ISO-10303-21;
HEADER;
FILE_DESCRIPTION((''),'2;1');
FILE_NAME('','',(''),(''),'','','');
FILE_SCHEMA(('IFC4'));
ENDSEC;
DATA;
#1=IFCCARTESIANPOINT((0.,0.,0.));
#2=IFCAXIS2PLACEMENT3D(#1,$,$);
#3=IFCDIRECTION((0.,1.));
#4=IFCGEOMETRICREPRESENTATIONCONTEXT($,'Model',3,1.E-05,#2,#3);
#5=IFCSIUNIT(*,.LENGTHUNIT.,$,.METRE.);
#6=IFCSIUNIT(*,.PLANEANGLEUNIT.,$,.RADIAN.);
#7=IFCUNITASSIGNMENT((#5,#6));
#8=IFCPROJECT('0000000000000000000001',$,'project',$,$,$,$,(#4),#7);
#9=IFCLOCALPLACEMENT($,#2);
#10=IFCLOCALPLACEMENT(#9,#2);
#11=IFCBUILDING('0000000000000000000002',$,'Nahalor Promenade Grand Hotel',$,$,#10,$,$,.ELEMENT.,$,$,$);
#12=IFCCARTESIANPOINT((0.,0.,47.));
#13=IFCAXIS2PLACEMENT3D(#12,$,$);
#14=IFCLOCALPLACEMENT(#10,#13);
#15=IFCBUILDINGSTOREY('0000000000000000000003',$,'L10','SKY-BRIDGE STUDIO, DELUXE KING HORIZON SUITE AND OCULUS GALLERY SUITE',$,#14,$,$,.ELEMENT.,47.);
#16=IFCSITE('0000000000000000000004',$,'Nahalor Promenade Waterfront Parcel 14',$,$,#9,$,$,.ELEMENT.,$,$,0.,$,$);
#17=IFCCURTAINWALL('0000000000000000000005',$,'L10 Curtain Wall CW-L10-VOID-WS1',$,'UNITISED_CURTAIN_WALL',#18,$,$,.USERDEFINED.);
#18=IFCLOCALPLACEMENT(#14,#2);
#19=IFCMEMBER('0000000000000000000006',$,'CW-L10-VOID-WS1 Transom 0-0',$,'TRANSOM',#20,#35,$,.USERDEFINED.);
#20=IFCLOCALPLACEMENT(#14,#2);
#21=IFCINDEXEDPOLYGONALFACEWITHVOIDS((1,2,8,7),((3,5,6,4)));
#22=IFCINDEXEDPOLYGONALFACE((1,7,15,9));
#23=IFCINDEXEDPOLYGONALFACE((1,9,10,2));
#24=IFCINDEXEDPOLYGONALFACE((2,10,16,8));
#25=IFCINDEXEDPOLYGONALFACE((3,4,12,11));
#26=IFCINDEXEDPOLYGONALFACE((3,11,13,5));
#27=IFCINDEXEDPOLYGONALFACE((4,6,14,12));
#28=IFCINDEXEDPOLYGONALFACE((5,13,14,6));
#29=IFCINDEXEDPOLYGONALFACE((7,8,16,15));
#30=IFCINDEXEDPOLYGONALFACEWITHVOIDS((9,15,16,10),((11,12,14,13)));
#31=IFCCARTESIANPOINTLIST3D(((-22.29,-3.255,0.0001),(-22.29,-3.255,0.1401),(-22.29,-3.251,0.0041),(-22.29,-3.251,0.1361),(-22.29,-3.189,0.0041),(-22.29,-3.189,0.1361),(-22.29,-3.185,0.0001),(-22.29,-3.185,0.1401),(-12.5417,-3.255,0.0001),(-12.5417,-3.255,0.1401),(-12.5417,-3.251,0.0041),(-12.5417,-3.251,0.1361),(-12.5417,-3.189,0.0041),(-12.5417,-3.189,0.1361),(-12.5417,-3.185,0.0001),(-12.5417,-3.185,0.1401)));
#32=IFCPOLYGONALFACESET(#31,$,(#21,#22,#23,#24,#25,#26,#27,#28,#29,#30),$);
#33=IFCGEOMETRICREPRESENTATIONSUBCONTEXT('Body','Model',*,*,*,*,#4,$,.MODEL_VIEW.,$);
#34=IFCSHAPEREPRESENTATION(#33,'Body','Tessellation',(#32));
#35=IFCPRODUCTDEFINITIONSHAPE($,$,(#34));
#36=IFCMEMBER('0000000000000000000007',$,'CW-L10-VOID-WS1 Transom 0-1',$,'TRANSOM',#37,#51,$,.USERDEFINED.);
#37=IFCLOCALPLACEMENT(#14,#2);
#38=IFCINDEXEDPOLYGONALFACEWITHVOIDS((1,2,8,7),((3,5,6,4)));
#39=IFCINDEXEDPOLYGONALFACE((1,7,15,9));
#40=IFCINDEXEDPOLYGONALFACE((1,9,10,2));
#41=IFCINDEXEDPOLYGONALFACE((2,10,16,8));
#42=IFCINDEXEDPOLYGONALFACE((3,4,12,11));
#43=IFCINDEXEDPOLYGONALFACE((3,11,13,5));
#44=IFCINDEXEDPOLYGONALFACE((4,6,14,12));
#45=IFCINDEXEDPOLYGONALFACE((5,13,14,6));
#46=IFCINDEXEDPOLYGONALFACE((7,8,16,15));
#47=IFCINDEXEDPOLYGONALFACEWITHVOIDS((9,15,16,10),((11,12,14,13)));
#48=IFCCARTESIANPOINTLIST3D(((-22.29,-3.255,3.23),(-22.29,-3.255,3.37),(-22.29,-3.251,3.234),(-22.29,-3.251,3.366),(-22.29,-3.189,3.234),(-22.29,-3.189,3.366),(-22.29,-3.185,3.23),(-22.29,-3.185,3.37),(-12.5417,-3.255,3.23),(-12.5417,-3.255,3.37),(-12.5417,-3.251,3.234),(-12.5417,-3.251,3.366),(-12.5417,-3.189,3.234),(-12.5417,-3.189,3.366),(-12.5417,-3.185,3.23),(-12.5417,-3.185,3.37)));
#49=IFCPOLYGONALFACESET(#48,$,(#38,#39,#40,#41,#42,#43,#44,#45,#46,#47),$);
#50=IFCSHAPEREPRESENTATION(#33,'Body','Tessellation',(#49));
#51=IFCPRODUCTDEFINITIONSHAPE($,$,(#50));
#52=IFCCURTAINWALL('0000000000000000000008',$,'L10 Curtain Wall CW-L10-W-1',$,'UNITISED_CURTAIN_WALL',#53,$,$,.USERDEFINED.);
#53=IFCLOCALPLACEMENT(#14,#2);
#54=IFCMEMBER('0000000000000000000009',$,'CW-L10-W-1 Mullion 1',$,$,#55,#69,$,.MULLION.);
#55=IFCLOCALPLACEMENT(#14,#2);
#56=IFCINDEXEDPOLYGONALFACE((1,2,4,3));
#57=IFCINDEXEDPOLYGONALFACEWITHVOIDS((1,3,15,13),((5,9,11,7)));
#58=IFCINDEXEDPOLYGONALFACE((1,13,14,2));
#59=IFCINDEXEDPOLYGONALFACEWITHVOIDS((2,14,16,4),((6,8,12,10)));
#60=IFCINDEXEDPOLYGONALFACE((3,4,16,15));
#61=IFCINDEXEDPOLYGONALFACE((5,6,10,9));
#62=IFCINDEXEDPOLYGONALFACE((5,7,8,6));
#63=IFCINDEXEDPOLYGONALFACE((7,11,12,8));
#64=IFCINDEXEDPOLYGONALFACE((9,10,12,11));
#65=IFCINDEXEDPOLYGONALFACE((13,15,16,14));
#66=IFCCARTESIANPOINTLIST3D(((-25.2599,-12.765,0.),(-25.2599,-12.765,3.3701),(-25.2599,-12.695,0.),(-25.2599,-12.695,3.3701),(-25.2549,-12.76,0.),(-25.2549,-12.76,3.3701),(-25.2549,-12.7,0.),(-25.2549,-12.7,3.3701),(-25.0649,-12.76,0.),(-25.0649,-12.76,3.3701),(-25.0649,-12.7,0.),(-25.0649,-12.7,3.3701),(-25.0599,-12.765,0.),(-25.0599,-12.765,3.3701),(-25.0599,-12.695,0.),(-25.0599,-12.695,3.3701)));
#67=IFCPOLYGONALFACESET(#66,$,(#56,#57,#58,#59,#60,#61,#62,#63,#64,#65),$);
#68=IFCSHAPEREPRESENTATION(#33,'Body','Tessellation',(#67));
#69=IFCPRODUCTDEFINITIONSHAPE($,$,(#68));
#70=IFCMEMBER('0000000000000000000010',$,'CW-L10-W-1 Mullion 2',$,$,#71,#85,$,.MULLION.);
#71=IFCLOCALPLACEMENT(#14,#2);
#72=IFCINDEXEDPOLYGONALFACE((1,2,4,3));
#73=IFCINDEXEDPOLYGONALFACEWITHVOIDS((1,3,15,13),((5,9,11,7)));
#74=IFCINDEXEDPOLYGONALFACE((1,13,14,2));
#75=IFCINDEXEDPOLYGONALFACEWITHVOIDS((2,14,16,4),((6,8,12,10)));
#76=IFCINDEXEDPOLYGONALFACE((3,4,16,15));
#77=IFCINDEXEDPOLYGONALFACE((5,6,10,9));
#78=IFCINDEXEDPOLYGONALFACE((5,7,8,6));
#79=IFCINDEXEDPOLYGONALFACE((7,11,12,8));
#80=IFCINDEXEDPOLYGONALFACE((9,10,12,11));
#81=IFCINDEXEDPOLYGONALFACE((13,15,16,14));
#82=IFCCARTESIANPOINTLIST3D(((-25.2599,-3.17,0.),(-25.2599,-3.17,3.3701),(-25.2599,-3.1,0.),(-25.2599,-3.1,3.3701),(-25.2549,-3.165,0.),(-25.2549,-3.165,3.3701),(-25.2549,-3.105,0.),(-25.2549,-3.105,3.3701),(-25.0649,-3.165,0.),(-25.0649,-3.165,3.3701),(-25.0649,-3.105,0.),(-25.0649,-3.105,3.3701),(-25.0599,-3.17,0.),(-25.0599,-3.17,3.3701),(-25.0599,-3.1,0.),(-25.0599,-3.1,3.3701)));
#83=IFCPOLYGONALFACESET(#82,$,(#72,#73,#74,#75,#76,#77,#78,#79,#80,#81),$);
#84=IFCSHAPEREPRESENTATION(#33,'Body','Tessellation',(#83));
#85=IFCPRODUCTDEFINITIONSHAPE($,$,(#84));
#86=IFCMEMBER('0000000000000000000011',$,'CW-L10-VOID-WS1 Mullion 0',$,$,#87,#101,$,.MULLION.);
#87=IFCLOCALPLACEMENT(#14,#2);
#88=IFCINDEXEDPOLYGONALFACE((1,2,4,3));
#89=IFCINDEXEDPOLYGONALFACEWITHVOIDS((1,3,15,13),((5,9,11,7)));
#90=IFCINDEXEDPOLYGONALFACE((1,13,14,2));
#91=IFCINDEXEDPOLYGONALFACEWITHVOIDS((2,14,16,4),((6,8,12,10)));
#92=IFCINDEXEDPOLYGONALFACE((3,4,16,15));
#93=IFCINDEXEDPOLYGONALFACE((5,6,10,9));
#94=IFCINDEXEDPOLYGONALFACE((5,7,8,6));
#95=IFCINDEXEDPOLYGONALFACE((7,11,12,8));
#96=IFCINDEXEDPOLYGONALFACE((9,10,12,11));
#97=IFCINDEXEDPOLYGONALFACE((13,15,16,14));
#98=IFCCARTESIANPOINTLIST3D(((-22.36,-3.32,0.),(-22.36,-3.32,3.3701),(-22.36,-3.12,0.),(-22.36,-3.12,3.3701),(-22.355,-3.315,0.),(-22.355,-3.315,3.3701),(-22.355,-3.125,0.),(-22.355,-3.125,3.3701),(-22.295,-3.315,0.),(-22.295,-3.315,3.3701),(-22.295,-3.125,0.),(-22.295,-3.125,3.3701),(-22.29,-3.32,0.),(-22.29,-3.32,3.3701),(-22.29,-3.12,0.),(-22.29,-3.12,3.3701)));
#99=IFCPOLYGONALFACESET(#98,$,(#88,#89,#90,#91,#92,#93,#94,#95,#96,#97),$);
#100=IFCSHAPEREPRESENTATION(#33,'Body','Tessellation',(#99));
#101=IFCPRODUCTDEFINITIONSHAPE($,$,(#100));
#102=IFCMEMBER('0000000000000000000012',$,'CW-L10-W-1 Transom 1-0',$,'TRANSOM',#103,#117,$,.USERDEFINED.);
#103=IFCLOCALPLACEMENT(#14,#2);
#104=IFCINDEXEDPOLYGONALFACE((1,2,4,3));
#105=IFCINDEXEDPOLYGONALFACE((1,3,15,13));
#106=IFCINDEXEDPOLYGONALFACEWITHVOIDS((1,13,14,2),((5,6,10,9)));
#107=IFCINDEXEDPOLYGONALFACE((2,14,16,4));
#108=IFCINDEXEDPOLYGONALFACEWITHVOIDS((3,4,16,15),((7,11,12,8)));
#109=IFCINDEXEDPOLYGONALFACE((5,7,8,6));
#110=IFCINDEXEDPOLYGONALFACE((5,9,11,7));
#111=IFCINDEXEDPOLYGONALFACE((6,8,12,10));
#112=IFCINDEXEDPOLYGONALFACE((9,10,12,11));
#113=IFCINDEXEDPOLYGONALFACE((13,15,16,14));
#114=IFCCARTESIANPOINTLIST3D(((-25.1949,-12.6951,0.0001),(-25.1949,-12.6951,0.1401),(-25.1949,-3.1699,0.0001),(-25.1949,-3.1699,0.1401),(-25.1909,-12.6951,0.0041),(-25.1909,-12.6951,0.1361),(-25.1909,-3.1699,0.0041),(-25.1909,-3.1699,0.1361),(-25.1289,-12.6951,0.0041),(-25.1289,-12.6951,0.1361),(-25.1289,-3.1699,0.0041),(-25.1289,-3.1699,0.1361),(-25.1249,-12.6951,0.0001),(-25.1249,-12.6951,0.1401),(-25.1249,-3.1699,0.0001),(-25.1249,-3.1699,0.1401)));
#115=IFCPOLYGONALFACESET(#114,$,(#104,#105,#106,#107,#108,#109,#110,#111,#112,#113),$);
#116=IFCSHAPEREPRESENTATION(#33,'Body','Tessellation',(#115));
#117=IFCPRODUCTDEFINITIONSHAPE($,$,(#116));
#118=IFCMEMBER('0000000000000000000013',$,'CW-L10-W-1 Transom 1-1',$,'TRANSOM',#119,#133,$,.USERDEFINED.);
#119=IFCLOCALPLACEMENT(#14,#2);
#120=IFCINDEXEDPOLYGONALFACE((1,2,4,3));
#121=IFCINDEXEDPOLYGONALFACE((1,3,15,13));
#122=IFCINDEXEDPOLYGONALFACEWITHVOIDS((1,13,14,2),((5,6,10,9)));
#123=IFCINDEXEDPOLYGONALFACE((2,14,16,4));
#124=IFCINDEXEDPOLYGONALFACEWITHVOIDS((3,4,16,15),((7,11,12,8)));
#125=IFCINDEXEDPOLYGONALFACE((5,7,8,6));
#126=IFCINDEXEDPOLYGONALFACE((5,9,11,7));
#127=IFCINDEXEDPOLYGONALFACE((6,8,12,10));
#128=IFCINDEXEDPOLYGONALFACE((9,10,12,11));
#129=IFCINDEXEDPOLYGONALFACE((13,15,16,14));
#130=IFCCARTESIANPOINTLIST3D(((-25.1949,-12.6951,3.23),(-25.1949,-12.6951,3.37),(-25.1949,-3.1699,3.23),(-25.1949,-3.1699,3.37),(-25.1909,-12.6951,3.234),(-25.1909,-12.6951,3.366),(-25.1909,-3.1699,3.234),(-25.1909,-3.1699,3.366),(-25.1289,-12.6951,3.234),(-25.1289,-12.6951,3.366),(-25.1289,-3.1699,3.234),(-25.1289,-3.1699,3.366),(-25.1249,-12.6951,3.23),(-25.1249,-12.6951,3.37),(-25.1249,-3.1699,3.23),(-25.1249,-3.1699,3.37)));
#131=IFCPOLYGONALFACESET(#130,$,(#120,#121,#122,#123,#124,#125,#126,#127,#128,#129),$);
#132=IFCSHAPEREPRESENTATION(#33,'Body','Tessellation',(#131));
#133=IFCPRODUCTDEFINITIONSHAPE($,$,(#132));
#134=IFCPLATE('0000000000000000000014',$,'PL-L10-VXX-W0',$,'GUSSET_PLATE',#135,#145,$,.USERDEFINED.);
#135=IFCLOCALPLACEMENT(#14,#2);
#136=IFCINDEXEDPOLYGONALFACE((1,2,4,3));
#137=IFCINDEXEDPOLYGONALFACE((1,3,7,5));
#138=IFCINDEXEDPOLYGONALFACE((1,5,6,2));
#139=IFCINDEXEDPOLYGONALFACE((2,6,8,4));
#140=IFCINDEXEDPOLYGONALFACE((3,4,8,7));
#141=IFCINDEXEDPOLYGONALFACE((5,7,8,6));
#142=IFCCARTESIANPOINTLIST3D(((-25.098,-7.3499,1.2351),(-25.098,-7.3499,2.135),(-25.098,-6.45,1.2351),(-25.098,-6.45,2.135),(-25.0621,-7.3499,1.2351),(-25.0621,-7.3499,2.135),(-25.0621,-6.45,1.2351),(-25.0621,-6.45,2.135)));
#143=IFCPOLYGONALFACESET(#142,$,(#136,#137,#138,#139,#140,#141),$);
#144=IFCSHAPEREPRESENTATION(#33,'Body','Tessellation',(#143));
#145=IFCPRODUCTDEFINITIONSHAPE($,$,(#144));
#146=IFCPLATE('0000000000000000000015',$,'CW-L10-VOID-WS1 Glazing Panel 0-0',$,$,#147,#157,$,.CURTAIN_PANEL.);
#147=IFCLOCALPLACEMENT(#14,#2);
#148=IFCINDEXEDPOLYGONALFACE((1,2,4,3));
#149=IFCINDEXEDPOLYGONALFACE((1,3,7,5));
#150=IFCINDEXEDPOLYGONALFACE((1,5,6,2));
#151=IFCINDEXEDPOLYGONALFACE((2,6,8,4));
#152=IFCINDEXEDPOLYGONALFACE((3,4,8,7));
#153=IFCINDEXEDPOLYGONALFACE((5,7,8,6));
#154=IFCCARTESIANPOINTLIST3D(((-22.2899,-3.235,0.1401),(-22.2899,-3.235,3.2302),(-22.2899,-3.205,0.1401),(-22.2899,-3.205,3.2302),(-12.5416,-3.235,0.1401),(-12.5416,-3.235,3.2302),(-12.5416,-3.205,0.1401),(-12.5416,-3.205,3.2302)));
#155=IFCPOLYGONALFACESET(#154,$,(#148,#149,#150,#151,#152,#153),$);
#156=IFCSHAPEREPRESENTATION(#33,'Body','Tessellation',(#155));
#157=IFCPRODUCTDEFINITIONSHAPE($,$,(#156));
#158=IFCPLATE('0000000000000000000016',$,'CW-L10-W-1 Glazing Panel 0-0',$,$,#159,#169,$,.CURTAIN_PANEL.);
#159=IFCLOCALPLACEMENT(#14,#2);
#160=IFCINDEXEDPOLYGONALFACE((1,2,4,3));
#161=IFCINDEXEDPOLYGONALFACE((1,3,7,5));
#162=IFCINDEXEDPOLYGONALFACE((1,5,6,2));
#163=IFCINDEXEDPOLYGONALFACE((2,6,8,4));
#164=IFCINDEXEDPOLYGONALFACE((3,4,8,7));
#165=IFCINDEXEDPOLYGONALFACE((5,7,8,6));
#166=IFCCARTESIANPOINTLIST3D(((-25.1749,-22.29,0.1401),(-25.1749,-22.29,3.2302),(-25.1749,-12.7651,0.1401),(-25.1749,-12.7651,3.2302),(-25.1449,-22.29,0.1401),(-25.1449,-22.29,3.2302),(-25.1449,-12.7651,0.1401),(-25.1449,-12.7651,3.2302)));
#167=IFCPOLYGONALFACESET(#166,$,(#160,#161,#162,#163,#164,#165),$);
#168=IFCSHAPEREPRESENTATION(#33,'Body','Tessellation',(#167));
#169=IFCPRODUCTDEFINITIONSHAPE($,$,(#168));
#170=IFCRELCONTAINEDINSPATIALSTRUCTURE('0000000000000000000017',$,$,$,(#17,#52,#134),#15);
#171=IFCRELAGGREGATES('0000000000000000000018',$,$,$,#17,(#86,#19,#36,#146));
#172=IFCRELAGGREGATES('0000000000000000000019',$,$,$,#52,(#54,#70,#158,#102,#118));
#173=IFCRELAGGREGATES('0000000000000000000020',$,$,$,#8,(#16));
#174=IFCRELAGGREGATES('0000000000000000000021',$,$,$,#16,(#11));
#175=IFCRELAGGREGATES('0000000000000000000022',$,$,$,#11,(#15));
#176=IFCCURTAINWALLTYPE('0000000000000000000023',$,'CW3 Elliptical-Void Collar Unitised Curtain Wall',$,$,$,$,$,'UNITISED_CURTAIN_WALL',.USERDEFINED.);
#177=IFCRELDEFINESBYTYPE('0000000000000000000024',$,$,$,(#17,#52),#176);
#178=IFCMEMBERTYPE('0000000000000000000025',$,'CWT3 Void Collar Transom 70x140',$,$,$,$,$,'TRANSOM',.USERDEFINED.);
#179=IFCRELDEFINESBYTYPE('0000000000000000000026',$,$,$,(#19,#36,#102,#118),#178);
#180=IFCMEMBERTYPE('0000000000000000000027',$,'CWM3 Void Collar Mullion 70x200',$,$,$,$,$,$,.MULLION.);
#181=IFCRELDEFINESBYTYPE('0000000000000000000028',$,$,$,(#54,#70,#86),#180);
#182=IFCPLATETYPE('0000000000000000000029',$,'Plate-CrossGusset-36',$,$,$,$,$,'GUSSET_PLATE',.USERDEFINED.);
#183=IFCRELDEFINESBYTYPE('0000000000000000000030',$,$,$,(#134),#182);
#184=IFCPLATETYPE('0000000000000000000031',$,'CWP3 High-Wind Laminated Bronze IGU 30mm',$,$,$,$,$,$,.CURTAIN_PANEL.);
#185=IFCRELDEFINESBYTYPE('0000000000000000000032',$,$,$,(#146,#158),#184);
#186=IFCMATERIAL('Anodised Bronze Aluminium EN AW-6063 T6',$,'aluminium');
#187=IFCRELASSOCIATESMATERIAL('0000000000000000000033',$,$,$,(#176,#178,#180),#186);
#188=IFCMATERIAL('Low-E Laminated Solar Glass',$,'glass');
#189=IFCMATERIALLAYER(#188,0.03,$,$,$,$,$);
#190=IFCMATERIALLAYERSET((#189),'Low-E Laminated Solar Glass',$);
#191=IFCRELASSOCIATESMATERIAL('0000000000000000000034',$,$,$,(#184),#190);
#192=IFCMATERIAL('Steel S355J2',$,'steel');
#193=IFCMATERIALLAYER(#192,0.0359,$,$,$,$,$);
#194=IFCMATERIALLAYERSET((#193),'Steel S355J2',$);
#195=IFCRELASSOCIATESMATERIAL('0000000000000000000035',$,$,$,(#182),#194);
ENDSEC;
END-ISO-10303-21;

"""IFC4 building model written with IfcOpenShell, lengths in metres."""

from ifc_helpers import new_model, si_unit, direction, frame, origin, origin_2d, place, context, subcontext, project, spatial, rectangle, hollow_rectangle, extrude, source, transform, mapped, material, layer, layer_set, material_profile, profile_set, type_object, element, aggregate, save


model = new_model("IFC4")

# Units and contexts
model_context = context("Model", 3, precision=1e-05, world=origin(), true_north=direction((0.0, 1.0)))
body_context = subcontext(model_context, "Body", "Model", "MODEL_VIEW")
ifc_project = project(units=[si_unit("LENGTHUNIT", "METRE"), si_unit("PLANEANGLEUNIT", "RADIAN")], contexts=[model_context])

# Site, building, storey
site_placement = place(None, origin())
site = spatial("IfcSite", under=ifc_project, at=site_placement, Name="Nahalor Promenade Waterfront Parcel 14", CompositionType="ELEMENT", RefElevation=0.0)
building_placement = place(site_placement, origin())
building = spatial("IfcBuilding", under=site, at=building_placement, Name="Nahalor Promenade Grand Hotel", CompositionType="ELEMENT")
storey_placement = place(building_placement, frame((0.0, 0.0, 47.0)))
storey = spatial("IfcBuildingStorey", under=building, at=storey_placement, Name="L10", Description="SKY-BRIDGE STUDIO, DELUXE KING HORIZON SUITE AND OCULUS GALLERY SUITE", CompositionType="ELEMENT", Elevation=47.0)

# Shared definitions
ifc_material_1 = material(Name="Steel S355J2", Category="steel")

# Curtain walls, members
ifc_material_2 = material(Name="Anodised Bronze Aluminium EN AW-6063 T6", Category="aluminium")
curtain_wall_type = type_object("IfcCurtainWallType", Name="CW3 Elliptical-Void Collar Unitised Curtain Wall", ElementType="UNITISED_CURTAIN_WALL", PredefinedType="USERDEFINED", material=ifc_material_2)
curtain_wall_1_placement = place(storey_placement, origin())
curtain_wall_1 = element("IfcCurtainWall", 1, at=curtain_wall_1_placement, inside=storey, type_object=curtain_wall_type, Name="L10 Curtain Wall CW-L10-VOID-WS1", ObjectType="UNITISED_CURTAIN_WALL", PredefinedType="USERDEFINED")
ifc_material_profile_1 = material_profile(ifc_material_2, hollow_rectangle(XDim=0.07, YDim=0.14, WallThickness=0.004, at=origin_2d()), Name="CWT 70x140x4")
ifc_profile_set_1 = profile_set([ifc_material_profile_1], Name="Anodised Bronze Aluminium EN AW-6063 T6")
member_type_1 = type_object("IfcMemberType", Name="CWT3 Void Collar Transom 70x140", ElementType="TRANSOM", PredefinedType="USERDEFINED", material=ifc_profile_set_1)
shared_shape_1 = source(origin(), body_context, "Body", "SweptSolid", [
    extrude(hollow_rectangle(XDim=0.07, YDim=0.14, WallThickness=0.004, at=origin_2d()), origin(), (0.0, 0.0, 1.0), 9.7483),
])
member_1_placement = place(storey_placement, frame((-22.29, -3.22, 0.0701), z_axis=(1.0, 0.0, 0.0), x_axis=(0.0, 1.0, 0.0)))
member_1 = element("IfcMember", 2, at=member_1_placement, type_object=member_type_1, Name="CW-L10-VOID-WS1 Transom 0-0", ObjectType="TRANSOM", PredefinedType="USERDEFINED", context=body_context, shape_type="MappedRepresentation", body=[
    mapped(shared_shape_1, transform((0.0, 0.0, 0.0), scale=1.0)),
])
member_2_placement = place(storey_placement, frame((-22.29, -3.22, 3.3), z_axis=(1.0, 0.0, 0.0), x_axis=(0.0, 1.0, 0.0)))
member_2 = element("IfcMember", 3, at=member_2_placement, type_object=member_type_1, Name="CW-L10-VOID-WS1 Transom 0-1", ObjectType="TRANSOM", PredefinedType="USERDEFINED", context=body_context, shape_type="MappedRepresentation", body=[
    mapped(shared_shape_1, transform((0.0, 0.0, 0.0), scale=1.0)),
])
curtain_wall_2_placement = place(storey_placement, origin())
curtain_wall_2 = element("IfcCurtainWall", 4, at=curtain_wall_2_placement, inside=storey, type_object=curtain_wall_type, Name="L10 Curtain Wall CW-L10-W-1", ObjectType="UNITISED_CURTAIN_WALL", PredefinedType="USERDEFINED")
ifc_material_profile_2 = material_profile(ifc_material_2, hollow_rectangle(XDim=0.07, YDim=0.2, WallThickness=0.005, at=origin_2d()), Name="CWM 70x200x5")
ifc_profile_set_2 = profile_set([ifc_material_profile_2], Name="Anodised Bronze Aluminium EN AW-6063 T6")
member_type_2 = type_object("IfcMemberType", Name="CWM3 Void Collar Mullion 70x200", PredefinedType="MULLION", material=ifc_profile_set_2)
shared_shape_2 = source(origin(), body_context, "Body", "SweptSolid", [
    extrude(hollow_rectangle(XDim=0.07, YDim=0.2, WallThickness=0.005, at=origin_2d()), origin(), (0.0, 0.0, 1.0), 3.3701),
])
member_3_placement = place(storey_placement, frame((-25.1599, -12.73, 0.0), z_axis=(0.0, 0.0, 1.0), x_axis=(0.0, 1.0, 0.0)))
member_3 = element("IfcMember", 5, at=member_3_placement, type_object=member_type_2, Name="CW-L10-W-1 Mullion 1", PredefinedType="MULLION", context=body_context, shape_type="MappedRepresentation", body=[
    mapped(shared_shape_2, transform((0.0, 0.0, 0.0), scale=1.0)),
])
member_4_placement = place(storey_placement, frame((-25.1599, -3.135, 0.0), z_axis=(0.0, 0.0, 1.0), x_axis=(0.0, 1.0, 0.0)))
member_4 = element("IfcMember", 6, at=member_4_placement, type_object=member_type_2, Name="CW-L10-W-1 Mullion 2", PredefinedType="MULLION", context=body_context, shape_type="MappedRepresentation", body=[
    mapped(shared_shape_2, transform((0.0, 0.0, 0.0), scale=1.0)),
])

# Members
member_5_placement = place(storey_placement, frame((-22.325, -3.22, 0.0), z_axis=(0.0, 0.0, 1.0), x_axis=(1.0, 0.0, 0.0)))
member_5 = element("IfcMember", 7, at=member_5_placement, type_object=member_type_2, Name="CW-L10-VOID-WS1 Mullion 0", PredefinedType="MULLION", context=body_context, shape_type="MappedRepresentation", body=[
    mapped(shared_shape_2, transform((0.0, 0.0, 0.0), scale=1.0)),
])
shared_shape_3 = source(origin(), body_context, "Body", "SweptSolid", [
    extrude(hollow_rectangle(XDim=0.07, YDim=0.14, WallThickness=0.004, at=origin_2d()), origin(), (0.0, 0.0, 1.0), 9.5251),
])
member_6_placement = place(storey_placement, frame((-25.1599, -12.6951, 0.0701), z_axis=(0.0, 1.0, 0.0), x_axis=(-1.0, 0.0, 0.0)))
member_6 = element("IfcMember", 8, at=member_6_placement, type_object=member_type_1, Name="CW-L10-W-1 Transom 1-0", ObjectType="TRANSOM", PredefinedType="USERDEFINED", context=body_context, shape_type="MappedRepresentation", body=[
    mapped(shared_shape_3, transform((0.0, 0.0, 0.0), scale=1.0)),
])
member_7_placement = place(storey_placement, frame((-25.1599, -12.6951, 3.3), z_axis=(0.0, 1.0, 0.0), x_axis=(-1.0, 0.0, 0.0)))
member_7 = element("IfcMember", 9, at=member_7_placement, type_object=member_type_1, Name="CW-L10-W-1 Transom 1-1", ObjectType="TRANSOM", PredefinedType="USERDEFINED", context=body_context, shape_type="MappedRepresentation", body=[
    mapped(shared_shape_3, transform((0.0, 0.0, 0.0), scale=1.0)),
])

# Plates
ifc_material_3 = material(Name="Low-E Laminated Solar Glass", Category="glass")
ifc_layer_1 = layer(ifc_material_3, 0.03)
ifc_layer_set_1 = layer_set([ifc_layer_1], Name="Low-E Laminated Solar Glass")
plate_type_1 = type_object("IfcPlateType", Name="CWP3 High-Wind Laminated Bronze IGU 30mm", PredefinedType="CURTAIN_PANEL", material=ifc_layer_set_1)
ifc_layer_2 = layer(ifc_material_1, 0.0359)
ifc_layer_set_2 = layer_set([ifc_layer_2], Name="Steel S355J2")
plate_type_2 = type_object("IfcPlateType", Name="Plate-CrossGusset-36", ElementType="GUSSET_PLATE", PredefinedType="USERDEFINED", material=ifc_layer_set_2)
shared_shape_4 = source(origin(), body_context, "Body", "SweptSolid", [
    extrude(rectangle(XDim=0.8999, YDim=0.0359, at=origin_2d()), origin(), (0.0, 0.0, 1.0), 0.8999),
])
plate_1_placement = place(storey_placement, frame((-25.0801, -6.8999, 1.2351), z_axis=(0.0, 0.0, 1.0), x_axis=(0.0, 1.0, 0.0)))
element("IfcPlate", 10, at=plate_1_placement, inside=storey, type_object=plate_type_2, Name="PL-L10-VXX-W0", ObjectType="GUSSET_PLATE", PredefinedType="USERDEFINED", context=body_context, shape_type="MappedRepresentation", body=[
    mapped(shared_shape_4, transform((0.0, 0.0, 0.0), scale=1.0)),
])
shared_shape_5 = source(origin(), body_context, "Body", "SweptSolid", [
    extrude(rectangle(XDim=9.7483, YDim=0.03, at=origin_2d()), origin(), (0.0, 0.0, 1.0), 3.0901),
])
plate_2_placement = place(storey_placement, frame((-17.4158, -3.22, 0.1401), z_axis=(0.0, 0.0, 1.0), x_axis=(1.0, 0.0, 0.0)))
plate_2 = element("IfcPlate", 11, at=plate_2_placement, type_object=plate_type_1, Name="CW-L10-VOID-WS1 Glazing Panel 0-0", PredefinedType="CURTAIN_PANEL", context=body_context, shape_type="MappedRepresentation", body=[
    mapped(shared_shape_5, transform((0.0, 0.0, 0.0), scale=1.0)),
])
aggregate(curtain_wall_1, [member_5, member_1, member_2, plate_2])
shared_shape_6 = source(origin(), body_context, "Body", "SweptSolid", [
    extrude(rectangle(XDim=9.5249, YDim=0.03, at=origin_2d()), origin(), (0.0, 0.0, 1.0), 3.0901),
])
plate_3_placement = place(storey_placement, frame((-25.1599, -17.5276, 0.1401), z_axis=(0.0, 0.0, 1.0), x_axis=(0.0, 1.0, 0.0)))
plate_3 = element("IfcPlate", 12, at=plate_3_placement, type_object=plate_type_1, Name="CW-L10-W-1 Glazing Panel 0-0", PredefinedType="CURTAIN_PANEL", context=body_context, shape_type="MappedRepresentation", body=[
    mapped(shared_shape_6, transform((0.0, 0.0, 0.0), scale=1.0)),
])
aggregate(curtain_wall_2, [member_3, member_4, plate_3, member_6, member_7])

save(model, "model.ifc")
